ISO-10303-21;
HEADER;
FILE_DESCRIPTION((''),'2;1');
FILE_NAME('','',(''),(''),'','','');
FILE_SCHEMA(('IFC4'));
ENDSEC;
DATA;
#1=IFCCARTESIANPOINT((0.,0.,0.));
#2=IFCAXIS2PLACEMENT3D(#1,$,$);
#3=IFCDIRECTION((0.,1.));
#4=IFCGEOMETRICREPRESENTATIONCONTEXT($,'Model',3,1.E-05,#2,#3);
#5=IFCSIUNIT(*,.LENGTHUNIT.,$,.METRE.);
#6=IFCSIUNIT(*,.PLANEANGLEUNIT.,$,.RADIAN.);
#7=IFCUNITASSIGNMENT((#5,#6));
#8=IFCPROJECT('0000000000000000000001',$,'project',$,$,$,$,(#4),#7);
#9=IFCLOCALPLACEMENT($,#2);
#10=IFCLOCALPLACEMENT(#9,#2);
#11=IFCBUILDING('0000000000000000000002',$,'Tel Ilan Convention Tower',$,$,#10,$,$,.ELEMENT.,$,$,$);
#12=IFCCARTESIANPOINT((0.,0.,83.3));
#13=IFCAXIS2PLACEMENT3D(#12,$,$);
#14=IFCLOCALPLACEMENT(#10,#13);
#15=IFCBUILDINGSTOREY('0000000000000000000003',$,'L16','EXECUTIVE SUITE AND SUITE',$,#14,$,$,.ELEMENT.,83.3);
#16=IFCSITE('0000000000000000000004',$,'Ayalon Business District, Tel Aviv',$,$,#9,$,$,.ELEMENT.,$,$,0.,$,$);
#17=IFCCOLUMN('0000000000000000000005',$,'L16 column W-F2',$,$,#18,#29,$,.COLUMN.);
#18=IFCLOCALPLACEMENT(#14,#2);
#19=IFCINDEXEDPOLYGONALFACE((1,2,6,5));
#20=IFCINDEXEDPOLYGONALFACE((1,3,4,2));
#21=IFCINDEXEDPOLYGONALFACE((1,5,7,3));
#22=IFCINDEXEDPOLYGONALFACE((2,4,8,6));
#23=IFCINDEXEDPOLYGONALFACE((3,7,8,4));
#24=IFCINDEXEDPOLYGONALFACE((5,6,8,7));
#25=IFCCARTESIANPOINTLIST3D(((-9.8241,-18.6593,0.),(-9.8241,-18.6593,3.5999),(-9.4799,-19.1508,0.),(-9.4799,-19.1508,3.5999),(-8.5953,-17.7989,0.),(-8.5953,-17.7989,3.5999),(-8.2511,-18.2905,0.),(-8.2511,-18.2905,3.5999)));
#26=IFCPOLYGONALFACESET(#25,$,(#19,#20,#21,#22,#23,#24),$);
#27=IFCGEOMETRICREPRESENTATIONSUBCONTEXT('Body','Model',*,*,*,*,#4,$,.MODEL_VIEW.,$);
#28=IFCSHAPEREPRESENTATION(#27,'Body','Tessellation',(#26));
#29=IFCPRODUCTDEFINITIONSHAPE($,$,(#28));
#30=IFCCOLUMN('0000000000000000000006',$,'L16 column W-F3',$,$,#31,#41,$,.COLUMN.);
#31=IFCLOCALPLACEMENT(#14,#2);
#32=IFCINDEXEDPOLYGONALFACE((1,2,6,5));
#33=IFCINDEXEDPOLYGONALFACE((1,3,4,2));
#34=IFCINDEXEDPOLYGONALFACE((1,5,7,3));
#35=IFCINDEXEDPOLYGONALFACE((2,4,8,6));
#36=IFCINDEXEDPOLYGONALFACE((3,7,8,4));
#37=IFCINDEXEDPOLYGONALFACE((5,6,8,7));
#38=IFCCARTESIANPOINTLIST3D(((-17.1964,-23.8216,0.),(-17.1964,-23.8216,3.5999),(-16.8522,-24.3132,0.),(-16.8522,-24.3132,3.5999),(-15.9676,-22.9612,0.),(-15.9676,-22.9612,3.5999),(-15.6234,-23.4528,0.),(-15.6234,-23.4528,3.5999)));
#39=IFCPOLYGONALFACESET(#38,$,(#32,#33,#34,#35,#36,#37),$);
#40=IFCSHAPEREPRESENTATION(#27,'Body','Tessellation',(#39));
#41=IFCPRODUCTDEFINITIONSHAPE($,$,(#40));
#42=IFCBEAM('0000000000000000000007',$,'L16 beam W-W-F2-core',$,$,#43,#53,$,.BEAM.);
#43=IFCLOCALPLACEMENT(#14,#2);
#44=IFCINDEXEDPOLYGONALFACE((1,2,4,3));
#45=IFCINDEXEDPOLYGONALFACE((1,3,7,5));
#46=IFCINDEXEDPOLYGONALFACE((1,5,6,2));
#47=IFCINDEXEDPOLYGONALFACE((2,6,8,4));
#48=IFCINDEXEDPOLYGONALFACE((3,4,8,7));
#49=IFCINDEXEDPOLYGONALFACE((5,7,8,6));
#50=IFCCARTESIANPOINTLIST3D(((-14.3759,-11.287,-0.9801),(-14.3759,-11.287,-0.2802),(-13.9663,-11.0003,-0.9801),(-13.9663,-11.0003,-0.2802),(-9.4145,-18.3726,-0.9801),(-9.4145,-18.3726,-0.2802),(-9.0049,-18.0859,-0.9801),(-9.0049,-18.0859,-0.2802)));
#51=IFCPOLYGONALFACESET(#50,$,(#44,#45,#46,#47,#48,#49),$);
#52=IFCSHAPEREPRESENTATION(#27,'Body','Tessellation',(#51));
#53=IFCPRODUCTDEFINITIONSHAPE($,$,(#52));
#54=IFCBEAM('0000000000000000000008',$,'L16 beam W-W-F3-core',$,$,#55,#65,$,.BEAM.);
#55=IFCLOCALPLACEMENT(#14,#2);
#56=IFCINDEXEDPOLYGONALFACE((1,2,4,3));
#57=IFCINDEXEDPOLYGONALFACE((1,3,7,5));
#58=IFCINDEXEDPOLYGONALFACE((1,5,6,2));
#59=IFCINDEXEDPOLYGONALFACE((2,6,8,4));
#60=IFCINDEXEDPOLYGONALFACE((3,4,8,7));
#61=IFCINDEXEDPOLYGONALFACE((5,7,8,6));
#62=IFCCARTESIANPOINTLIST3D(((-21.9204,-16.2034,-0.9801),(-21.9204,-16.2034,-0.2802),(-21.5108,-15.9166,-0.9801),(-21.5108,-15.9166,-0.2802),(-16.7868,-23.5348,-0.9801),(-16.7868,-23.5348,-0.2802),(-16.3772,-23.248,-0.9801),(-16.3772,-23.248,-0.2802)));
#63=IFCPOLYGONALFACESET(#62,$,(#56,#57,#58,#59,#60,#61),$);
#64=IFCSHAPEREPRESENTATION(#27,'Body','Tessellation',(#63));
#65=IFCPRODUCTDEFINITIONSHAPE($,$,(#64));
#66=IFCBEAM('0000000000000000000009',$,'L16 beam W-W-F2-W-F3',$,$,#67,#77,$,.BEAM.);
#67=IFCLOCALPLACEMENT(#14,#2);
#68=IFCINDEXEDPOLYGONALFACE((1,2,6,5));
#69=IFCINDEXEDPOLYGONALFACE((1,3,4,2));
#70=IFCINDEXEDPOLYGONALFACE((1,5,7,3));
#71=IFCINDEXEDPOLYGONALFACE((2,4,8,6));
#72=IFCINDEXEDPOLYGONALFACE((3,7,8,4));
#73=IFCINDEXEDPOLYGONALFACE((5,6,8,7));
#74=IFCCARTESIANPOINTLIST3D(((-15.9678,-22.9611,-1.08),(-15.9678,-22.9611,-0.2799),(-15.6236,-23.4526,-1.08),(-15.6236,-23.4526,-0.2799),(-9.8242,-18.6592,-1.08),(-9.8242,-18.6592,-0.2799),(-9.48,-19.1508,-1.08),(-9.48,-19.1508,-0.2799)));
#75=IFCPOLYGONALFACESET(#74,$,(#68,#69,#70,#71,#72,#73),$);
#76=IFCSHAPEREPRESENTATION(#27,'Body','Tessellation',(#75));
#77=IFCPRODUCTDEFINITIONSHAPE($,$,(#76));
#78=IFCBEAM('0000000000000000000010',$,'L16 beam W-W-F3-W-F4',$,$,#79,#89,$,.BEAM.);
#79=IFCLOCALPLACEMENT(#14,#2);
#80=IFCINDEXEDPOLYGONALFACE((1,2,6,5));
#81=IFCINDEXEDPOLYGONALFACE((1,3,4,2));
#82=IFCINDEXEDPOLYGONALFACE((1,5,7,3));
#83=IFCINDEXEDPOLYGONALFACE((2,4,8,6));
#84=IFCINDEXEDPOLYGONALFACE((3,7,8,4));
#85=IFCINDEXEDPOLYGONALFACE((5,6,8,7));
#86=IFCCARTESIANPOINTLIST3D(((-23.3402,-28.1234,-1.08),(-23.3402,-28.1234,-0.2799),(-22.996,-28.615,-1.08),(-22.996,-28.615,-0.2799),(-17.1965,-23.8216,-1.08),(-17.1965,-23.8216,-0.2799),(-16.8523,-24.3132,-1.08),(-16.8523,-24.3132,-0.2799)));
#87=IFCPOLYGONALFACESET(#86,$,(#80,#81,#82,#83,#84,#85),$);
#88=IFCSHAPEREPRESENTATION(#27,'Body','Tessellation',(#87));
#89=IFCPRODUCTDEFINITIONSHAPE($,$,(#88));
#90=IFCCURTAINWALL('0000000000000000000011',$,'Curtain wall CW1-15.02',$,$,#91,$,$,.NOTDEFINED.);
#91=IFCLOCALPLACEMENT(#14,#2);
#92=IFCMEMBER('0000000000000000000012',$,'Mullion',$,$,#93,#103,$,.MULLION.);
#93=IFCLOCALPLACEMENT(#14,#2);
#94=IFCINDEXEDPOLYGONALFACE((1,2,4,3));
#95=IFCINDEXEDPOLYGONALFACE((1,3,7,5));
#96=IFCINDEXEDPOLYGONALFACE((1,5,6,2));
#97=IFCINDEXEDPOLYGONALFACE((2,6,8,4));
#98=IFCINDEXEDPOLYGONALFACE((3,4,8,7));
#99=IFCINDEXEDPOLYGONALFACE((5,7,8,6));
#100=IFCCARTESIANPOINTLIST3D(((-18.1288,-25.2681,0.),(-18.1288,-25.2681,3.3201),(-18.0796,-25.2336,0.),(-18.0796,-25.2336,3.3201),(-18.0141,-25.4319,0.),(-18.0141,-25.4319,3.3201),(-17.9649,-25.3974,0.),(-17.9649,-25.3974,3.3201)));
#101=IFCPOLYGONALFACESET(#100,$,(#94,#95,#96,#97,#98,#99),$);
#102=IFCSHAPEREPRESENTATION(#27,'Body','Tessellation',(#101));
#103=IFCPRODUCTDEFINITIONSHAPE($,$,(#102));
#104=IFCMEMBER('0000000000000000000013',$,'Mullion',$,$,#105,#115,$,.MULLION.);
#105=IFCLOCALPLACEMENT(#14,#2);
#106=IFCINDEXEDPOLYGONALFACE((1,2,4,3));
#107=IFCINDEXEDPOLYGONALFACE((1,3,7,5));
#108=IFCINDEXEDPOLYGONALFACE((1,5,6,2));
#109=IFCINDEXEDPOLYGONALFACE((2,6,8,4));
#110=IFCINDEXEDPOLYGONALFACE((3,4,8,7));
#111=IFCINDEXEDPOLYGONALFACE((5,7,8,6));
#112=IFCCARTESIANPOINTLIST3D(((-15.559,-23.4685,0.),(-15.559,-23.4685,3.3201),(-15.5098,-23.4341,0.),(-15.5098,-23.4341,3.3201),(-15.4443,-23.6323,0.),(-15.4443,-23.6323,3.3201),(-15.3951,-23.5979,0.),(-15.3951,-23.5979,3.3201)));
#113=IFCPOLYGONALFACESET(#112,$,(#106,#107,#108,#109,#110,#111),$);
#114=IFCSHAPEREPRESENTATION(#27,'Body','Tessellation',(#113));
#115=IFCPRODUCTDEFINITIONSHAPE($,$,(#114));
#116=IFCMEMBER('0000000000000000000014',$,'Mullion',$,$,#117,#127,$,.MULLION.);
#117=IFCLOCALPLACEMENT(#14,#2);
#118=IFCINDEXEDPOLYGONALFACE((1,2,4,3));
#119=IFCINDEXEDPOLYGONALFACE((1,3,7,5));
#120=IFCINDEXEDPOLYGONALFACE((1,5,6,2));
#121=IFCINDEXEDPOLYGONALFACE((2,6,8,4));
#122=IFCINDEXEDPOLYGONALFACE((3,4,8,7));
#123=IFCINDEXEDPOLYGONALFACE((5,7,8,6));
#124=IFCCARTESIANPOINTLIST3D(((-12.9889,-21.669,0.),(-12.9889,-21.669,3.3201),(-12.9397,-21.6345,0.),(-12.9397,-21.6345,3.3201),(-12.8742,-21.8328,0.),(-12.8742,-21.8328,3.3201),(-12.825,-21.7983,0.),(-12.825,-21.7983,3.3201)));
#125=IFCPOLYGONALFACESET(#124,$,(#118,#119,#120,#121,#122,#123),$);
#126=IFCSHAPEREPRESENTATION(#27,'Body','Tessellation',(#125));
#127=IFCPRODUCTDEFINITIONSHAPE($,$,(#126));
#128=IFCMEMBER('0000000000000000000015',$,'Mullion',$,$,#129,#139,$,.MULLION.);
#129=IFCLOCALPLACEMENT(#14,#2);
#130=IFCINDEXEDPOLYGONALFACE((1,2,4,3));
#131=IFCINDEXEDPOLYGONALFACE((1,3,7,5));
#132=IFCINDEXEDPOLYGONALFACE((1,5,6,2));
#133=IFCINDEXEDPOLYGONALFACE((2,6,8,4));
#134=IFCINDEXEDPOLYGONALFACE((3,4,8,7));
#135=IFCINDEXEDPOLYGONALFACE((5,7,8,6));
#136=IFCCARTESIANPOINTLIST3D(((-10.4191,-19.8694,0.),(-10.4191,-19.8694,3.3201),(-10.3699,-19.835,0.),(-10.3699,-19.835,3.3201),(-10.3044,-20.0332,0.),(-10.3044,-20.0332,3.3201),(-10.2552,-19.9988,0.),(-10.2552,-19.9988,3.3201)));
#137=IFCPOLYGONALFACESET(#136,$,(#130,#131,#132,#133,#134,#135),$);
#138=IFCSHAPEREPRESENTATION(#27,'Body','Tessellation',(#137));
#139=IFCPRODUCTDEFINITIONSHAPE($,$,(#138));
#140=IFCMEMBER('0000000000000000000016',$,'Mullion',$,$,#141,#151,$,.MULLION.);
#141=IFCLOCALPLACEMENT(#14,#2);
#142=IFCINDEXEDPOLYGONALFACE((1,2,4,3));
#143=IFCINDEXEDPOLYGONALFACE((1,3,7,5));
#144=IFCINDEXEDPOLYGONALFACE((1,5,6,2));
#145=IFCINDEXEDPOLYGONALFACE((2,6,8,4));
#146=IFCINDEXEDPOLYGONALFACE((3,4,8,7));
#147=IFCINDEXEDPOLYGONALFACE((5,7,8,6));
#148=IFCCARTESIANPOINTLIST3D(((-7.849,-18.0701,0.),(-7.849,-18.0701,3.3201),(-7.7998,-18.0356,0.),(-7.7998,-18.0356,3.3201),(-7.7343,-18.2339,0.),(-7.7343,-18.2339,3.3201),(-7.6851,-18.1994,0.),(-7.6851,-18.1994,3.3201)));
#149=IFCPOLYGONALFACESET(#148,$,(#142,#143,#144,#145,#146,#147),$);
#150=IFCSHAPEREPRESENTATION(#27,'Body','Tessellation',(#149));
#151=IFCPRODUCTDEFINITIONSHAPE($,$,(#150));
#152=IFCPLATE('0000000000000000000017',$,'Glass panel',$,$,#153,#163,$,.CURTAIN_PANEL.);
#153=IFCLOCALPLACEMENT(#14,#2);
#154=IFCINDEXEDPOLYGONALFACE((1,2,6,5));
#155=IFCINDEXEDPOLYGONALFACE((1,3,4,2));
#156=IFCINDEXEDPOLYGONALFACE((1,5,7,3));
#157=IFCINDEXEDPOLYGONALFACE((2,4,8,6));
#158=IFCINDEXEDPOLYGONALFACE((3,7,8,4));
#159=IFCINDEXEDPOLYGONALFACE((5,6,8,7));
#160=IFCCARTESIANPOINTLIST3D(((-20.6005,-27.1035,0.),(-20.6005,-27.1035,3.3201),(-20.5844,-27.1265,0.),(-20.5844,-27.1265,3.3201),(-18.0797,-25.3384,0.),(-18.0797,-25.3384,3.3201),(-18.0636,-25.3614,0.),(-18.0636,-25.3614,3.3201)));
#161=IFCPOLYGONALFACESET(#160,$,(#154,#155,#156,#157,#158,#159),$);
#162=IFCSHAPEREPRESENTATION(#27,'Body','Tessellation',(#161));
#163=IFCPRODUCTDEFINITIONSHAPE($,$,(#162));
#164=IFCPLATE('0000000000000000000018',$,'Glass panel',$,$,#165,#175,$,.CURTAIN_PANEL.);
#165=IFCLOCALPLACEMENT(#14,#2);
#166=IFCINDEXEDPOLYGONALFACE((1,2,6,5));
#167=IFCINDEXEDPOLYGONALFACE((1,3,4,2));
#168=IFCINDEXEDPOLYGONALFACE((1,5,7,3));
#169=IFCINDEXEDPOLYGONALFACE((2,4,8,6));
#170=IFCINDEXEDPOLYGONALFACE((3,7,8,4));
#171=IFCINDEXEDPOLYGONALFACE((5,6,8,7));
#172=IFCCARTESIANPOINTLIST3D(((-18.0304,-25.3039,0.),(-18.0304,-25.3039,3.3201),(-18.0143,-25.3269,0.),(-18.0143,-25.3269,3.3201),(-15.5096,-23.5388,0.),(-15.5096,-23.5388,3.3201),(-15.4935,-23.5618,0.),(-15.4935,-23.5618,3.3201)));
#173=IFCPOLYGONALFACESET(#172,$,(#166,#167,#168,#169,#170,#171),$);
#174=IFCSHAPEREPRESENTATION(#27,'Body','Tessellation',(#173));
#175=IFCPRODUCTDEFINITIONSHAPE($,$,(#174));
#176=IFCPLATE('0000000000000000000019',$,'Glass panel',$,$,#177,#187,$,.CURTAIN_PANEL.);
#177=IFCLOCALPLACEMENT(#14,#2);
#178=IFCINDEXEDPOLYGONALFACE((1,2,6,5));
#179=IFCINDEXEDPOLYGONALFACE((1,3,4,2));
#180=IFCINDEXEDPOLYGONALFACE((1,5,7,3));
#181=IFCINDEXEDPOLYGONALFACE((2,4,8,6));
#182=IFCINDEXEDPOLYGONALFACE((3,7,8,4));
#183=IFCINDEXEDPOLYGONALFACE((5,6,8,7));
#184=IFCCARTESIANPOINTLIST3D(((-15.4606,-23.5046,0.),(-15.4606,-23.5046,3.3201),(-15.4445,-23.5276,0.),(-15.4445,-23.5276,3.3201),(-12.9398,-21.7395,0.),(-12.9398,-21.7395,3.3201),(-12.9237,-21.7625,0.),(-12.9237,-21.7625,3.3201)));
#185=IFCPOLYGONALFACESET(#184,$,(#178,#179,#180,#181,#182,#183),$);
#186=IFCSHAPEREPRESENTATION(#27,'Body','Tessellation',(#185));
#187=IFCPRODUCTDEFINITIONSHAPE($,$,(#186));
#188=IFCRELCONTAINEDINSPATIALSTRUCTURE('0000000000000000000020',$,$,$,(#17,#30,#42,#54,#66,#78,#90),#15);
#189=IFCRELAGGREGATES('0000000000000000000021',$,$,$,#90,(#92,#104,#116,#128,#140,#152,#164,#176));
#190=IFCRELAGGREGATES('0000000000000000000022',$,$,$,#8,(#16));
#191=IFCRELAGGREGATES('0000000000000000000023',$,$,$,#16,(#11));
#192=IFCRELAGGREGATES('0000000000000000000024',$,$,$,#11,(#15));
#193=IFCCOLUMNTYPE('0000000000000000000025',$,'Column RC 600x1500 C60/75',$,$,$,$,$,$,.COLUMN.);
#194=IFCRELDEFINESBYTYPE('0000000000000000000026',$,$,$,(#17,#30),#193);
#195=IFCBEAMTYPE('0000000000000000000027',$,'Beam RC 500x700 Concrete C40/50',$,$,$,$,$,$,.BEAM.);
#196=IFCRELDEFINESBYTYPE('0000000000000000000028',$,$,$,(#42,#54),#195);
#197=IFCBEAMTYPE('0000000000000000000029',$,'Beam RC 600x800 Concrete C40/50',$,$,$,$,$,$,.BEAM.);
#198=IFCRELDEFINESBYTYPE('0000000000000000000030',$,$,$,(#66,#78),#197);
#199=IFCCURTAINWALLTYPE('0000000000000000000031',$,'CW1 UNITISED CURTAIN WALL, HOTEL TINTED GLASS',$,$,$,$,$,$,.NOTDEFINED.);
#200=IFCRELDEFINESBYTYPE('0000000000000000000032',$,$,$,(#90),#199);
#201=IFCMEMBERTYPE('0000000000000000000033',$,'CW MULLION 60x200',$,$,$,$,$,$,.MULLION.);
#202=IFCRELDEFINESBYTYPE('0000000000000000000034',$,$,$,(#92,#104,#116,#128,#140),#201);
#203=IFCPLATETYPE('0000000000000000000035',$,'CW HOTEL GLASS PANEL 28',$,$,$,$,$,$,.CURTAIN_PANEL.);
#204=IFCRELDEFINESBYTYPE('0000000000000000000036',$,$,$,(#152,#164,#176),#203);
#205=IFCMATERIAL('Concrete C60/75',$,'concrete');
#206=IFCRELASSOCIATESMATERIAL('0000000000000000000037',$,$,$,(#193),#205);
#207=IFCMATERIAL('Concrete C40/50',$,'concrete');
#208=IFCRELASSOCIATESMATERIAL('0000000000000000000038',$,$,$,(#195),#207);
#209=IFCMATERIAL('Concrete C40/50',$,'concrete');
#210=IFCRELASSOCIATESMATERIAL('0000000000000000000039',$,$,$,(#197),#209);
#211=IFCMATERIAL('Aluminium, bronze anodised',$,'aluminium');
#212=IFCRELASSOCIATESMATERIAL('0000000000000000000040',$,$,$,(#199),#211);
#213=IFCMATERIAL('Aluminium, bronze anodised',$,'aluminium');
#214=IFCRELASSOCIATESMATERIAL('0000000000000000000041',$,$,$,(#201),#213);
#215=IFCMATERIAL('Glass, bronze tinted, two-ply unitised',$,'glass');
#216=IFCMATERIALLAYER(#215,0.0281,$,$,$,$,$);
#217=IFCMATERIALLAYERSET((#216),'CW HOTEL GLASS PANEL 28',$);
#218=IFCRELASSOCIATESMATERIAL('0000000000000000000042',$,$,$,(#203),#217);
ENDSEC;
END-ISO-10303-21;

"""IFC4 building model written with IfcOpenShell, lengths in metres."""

from ifc_helpers import new_model, si_unit, direction, frame, origin, origin_2d, place, context, subcontext, project, spatial, rectangle, extrude, material, layer, layer_set, material_profile, profile_set, type_object, element, aggregate, save


model = new_model("IFC4")

# Units and contexts
model_context = context("Model", 3, precision=1e-05, world=origin(), true_north=direction((0.0, 1.0)))
body_context = subcontext(model_context, "Body", "Model", "MODEL_VIEW")
ifc_project = project(units=[si_unit("LENGTHUNIT", "METRE"), si_unit("PLANEANGLEUNIT", "RADIAN")], contexts=[model_context])

# Site, building, storey
site_placement = place(None, origin())
site = spatial("IfcSite", under=ifc_project, at=site_placement, Name="Ayalon Business District, Tel Aviv", CompositionType="ELEMENT", RefElevation=0.0)
building_placement = place(site_placement, origin())
building = spatial("IfcBuilding", under=site, at=building_placement, Name="Tel Ilan Convention Tower", CompositionType="ELEMENT")
storey_placement = place(building_placement, frame((0.0, 0.0, 83.3)))
storey = spatial("IfcBuildingStorey", under=building, at=storey_placement, Name="L16", Description="EXECUTIVE SUITE AND SUITE", CompositionType="ELEMENT", Elevation=83.3)

# Columns
ifc_material_1 = material(Name="Concrete C60/75", Category="concrete")
ifc_material_profile_1 = material_profile(ifc_material_1, rectangle(XDim=1.5, YDim=0.6001, at=origin_2d()), Name="RC 600x1500")
ifc_profile_set_1 = profile_set([ifc_material_profile_1], Name="Concrete C60/75")
column_type = type_object("IfcColumnType", Name="Column RC 600x1500 C60/75", PredefinedType="COLUMN", material=ifc_profile_set_1)
for number, where, z_axis, x_axis, name in (
    (1, (-9.0376, -18.4749, 0.0), (0.0, 0.0, 1.0), (-0.819152, -0.573576, 0.0), "L16 column W-F2"),
    (2, (-16.4099, -23.6372, 0.0), (0.0, 0.0, 1.0), (-0.819152, -0.573576, 0.0), "L16 column W-F3"),
):
    element("IfcColumn", number, at=place(storey_placement, frame(where, z_axis=z_axis, x_axis=x_axis)), inside=storey, type_object=column_type, Name=name, PredefinedType="COLUMN", context=body_context, shape_type="SweptSolid", body=[
        extrude(rectangle(XDim=1.5, YDim=0.6001, at=origin_2d()), origin(), (0.0, 0.0, 1.0), 3.5999),
    ])

# Beams
ifc_material_2 = material(Name="Concrete C40/50", Category="concrete")
ifc_material_profile_2 = material_profile(ifc_material_2, rectangle(XDim=0.5, YDim=0.7, at=origin_2d()), Name="RC 500x700")
ifc_profile_set_2 = profile_set([ifc_material_profile_2], Name="Concrete C40/50")
beam_type_1 = type_object("IfcBeamType", Name="Beam RC 500x700 Concrete C40/50", PredefinedType="BEAM", material=ifc_profile_set_2)
beam_1_placement = place(storey_placement, frame((-9.2097, -18.2292, -0.6301), z_axis=(-0.573574, 0.819154, 0.0), x_axis=(-0.819154, -0.573574, 0.0)))
element("IfcBeam", 3, at=beam_1_placement, inside=storey, type_object=beam_type_1, Name="L16 beam W-W-F2-core", PredefinedType="BEAM", context=body_context, shape_type="SweptSolid", body=[
    extrude(rectangle(XDim=0.5, YDim=0.7, at=origin_2d()), origin(), (0.0, 0.0, 1.0), 8.6499),
])
beam_2_placement = place(storey_placement, frame((-16.582, -23.3914, -0.6301), z_axis=(-0.573585, 0.819146, 0.0), x_axis=(-0.819146, -0.573585, 0.0)))
element("IfcBeam", 4, at=beam_2_placement, inside=storey, type_object=beam_type_1, Name="L16 beam W-W-F3-core", PredefinedType="BEAM", context=body_context, shape_type="SweptSolid", body=[
    extrude(rectangle(XDim=0.5, YDim=0.7, at=origin_2d()), origin(), (0.0, 0.0, 1.0), 8.95),
])
ifc_material_3 = material(Name="Concrete C40/50", Category="concrete")
ifc_material_profile_3 = material_profile(ifc_material_3, rectangle(XDim=0.6001, YDim=0.8, at=origin_2d()), Name="RC 600x800")
ifc_profile_set_3 = profile_set([ifc_material_profile_3], Name="Concrete C40/50")
beam_type_2 = type_object("IfcBeamType", Name="Beam RC 600x800 Concrete C40/50", PredefinedType="BEAM", material=ifc_profile_set_3)
for number, where, z_axis, x_axis, name in (
    (5, (-9.6521, -18.905, -0.6799), (-0.819152, -0.573576, 0.0), (0.573576, -0.819152, 0.0), "L16 beam W-W-F2-W-F3"),
    (6, (-17.0244, -24.0674, -0.6799), (-0.819152, -0.573576, 0.0), (0.573576, -0.819152, 0.0), "L16 beam W-W-F3-W-F4"),
):
    element("IfcBeam", number, at=place(storey_placement, frame(where, z_axis=z_axis, x_axis=x_axis)), inside=storey, type_object=beam_type_2, Name=name, PredefinedType="BEAM", context=body_context, shape_type="SweptSolid", body=[
        extrude(rectangle(XDim=0.6001, YDim=0.8, at=origin_2d()), origin(), (0.0, 0.0, 1.0), 7.5),
    ])

# Curtain wall, members, plates
ifc_material_4 = material(Name="Aluminium, bronze anodised", Category="aluminium")
curtain_wall_type = type_object("IfcCurtainWallType", Name="CW1 UNITISED CURTAIN WALL, HOTEL TINTED GLASS", PredefinedType="NOTDEFINED", material=ifc_material_4)
curtain_wall_placement = place(storey_placement, origin())
curtain_wall = element("IfcCurtainWall", 7, at=curtain_wall_placement, inside=storey, type_object=curtain_wall_type, Name="Curtain wall CW1-15.02", PredefinedType="NOTDEFINED")
ifc_material_5 = material(Name="Aluminium, bronze anodised", Category="aluminium")
ifc_material_profile_4 = material_profile(ifc_material_5, rectangle(XDim=0.0601, YDim=0.2, at=origin_2d()), Name="CW MULLION 60x200")
ifc_profile_set_4 = profile_set([ifc_material_profile_4], Name="Aluminium, bronze anodised")
member_type = type_object("IfcMemberType", Name="CW MULLION 60x200", PredefinedType="MULLION", material=ifc_profile_set_4)
member_1_placement = place(storey_placement, frame((-18.0469, -25.3328, 0.0), z_axis=(0.0, 0.0, 1.0), x_axis=(0.819152, 0.573576, 0.0)))
member_1 = element("IfcMember", 8, at=member_1_placement, type_object=member_type, Name="Mullion", PredefinedType="MULLION", context=body_context, shape_type="SweptSolid", body=[
    extrude(rectangle(XDim=0.0601, YDim=0.2, at=origin_2d()), origin(), (0.0, 0.0, 1.0), 3.3201),
])
member_2_placement = place(storey_placement, frame((-15.4771, -23.5332, 0.0), z_axis=(0.0, 0.0, 1.0), x_axis=(0.819152, 0.573576, 0.0)))
member_2 = element("IfcMember", 9, at=member_2_placement, type_object=member_type, Name="Mullion", PredefinedType="MULLION", context=body_context, shape_type="SweptSolid", body=[
    extrude(rectangle(XDim=0.0601, YDim=0.2, at=origin_2d()), origin(), (0.0, 0.0, 1.0), 3.3201),
])
member_3_placement = place(storey_placement, frame((-12.907, -21.7336, 0.0), z_axis=(0.0, 0.0, 1.0), x_axis=(0.819152, 0.573576, 0.0)))
member_3 = element("IfcMember", 10, at=member_3_placement, type_object=member_type, Name="Mullion", PredefinedType="MULLION", context=body_context, shape_type="SweptSolid", body=[
    extrude(rectangle(XDim=0.0601, YDim=0.2, at=origin_2d()), origin(), (0.0, 0.0, 1.0), 3.3201),
])
member_4_placement = place(storey_placement, frame((-10.3372, -19.9341, 0.0), z_axis=(0.0, 0.0, 1.0), x_axis=(0.819152, 0.573576, 0.0)))
member_4 = element("IfcMember", 11, at=member_4_placement, type_object=member_type, Name="Mullion", PredefinedType="MULLION", context=body_context, shape_type="SweptSolid", body=[
    extrude(rectangle(XDim=0.0601, YDim=0.2, at=origin_2d()), origin(), (0.0, 0.0, 1.0), 3.3201),
])
member_5_placement = place(storey_placement, frame((-7.7671, -18.1348, 0.0), z_axis=(0.0, 0.0, 1.0), x_axis=(0.819152, 0.573576, 0.0)))
member_5 = element("IfcMember", 12, at=member_5_placement, type_object=member_type, Name="Mullion", PredefinedType="MULLION", context=body_context, shape_type="SweptSolid", body=[
    extrude(rectangle(XDim=0.0601, YDim=0.2, at=origin_2d()), origin(), (0.0, 0.0, 1.0), 3.3201),
])
ifc_material_6 = material(Name="Glass, bronze tinted, two-ply unitised", Category="glass")
ifc_layer_1 = layer(ifc_material_6, 0.0281)
ifc_layer_set_1 = layer_set([ifc_layer_1], Name="CW HOTEL GLASS PANEL 28")
plate_type = type_object("IfcPlateType", Name="CW HOTEL GLASS PANEL 28", PredefinedType="CURTAIN_PANEL", material=ifc_layer_set_1)
plate_1_placement = place(storey_placement, frame((-19.332, -26.2324, 0.0), z_axis=(0.0, 0.0, 1.0), x_axis=(0.819152, 0.573576, 0.0)))
plate_1 = element("IfcPlate", 13, at=plate_1_placement, type_object=plate_type, Name="Glass panel", PredefinedType="CURTAIN_PANEL", context=body_context, shape_type="SweptSolid", body=[
    extrude(rectangle(XDim=3.0774, YDim=0.0281, at=origin_2d()), origin(), (0.0, 0.0, 1.0), 3.3201),
])
plate_2_placement = place(storey_placement, frame((-16.762, -24.4329, 0.0), z_axis=(0.0, 0.0, 1.0), x_axis=(0.819152, 0.573576, 0.0)))
plate_2 = element("IfcPlate", 14, at=plate_2_placement, type_object=plate_type, Name="Glass panel", PredefinedType="CURTAIN_PANEL", context=body_context, shape_type="SweptSolid", body=[
    extrude(rectangle(XDim=3.0774, YDim=0.0281, at=origin_2d()), origin(), (0.0, 0.0, 1.0), 3.3201),
])
plate_3_placement = place(storey_placement, frame((-14.1921, -22.6335, 0.0), z_axis=(0.0, 0.0, 1.0), x_axis=(0.819152, 0.573576, 0.0)))
plate_3 = element("IfcPlate", 15, at=plate_3_placement, type_object=plate_type, Name="Glass panel", PredefinedType="CURTAIN_PANEL", context=body_context, shape_type="SweptSolid", body=[
    extrude(rectangle(XDim=3.0774, YDim=0.0281, at=origin_2d()), origin(), (0.0, 0.0, 1.0), 3.3201),
])
aggregate(curtain_wall, [member_1, member_2, member_3, member_4, member_5, plate_1, plate_2, plate_3])

save(model, "model.ifc")
